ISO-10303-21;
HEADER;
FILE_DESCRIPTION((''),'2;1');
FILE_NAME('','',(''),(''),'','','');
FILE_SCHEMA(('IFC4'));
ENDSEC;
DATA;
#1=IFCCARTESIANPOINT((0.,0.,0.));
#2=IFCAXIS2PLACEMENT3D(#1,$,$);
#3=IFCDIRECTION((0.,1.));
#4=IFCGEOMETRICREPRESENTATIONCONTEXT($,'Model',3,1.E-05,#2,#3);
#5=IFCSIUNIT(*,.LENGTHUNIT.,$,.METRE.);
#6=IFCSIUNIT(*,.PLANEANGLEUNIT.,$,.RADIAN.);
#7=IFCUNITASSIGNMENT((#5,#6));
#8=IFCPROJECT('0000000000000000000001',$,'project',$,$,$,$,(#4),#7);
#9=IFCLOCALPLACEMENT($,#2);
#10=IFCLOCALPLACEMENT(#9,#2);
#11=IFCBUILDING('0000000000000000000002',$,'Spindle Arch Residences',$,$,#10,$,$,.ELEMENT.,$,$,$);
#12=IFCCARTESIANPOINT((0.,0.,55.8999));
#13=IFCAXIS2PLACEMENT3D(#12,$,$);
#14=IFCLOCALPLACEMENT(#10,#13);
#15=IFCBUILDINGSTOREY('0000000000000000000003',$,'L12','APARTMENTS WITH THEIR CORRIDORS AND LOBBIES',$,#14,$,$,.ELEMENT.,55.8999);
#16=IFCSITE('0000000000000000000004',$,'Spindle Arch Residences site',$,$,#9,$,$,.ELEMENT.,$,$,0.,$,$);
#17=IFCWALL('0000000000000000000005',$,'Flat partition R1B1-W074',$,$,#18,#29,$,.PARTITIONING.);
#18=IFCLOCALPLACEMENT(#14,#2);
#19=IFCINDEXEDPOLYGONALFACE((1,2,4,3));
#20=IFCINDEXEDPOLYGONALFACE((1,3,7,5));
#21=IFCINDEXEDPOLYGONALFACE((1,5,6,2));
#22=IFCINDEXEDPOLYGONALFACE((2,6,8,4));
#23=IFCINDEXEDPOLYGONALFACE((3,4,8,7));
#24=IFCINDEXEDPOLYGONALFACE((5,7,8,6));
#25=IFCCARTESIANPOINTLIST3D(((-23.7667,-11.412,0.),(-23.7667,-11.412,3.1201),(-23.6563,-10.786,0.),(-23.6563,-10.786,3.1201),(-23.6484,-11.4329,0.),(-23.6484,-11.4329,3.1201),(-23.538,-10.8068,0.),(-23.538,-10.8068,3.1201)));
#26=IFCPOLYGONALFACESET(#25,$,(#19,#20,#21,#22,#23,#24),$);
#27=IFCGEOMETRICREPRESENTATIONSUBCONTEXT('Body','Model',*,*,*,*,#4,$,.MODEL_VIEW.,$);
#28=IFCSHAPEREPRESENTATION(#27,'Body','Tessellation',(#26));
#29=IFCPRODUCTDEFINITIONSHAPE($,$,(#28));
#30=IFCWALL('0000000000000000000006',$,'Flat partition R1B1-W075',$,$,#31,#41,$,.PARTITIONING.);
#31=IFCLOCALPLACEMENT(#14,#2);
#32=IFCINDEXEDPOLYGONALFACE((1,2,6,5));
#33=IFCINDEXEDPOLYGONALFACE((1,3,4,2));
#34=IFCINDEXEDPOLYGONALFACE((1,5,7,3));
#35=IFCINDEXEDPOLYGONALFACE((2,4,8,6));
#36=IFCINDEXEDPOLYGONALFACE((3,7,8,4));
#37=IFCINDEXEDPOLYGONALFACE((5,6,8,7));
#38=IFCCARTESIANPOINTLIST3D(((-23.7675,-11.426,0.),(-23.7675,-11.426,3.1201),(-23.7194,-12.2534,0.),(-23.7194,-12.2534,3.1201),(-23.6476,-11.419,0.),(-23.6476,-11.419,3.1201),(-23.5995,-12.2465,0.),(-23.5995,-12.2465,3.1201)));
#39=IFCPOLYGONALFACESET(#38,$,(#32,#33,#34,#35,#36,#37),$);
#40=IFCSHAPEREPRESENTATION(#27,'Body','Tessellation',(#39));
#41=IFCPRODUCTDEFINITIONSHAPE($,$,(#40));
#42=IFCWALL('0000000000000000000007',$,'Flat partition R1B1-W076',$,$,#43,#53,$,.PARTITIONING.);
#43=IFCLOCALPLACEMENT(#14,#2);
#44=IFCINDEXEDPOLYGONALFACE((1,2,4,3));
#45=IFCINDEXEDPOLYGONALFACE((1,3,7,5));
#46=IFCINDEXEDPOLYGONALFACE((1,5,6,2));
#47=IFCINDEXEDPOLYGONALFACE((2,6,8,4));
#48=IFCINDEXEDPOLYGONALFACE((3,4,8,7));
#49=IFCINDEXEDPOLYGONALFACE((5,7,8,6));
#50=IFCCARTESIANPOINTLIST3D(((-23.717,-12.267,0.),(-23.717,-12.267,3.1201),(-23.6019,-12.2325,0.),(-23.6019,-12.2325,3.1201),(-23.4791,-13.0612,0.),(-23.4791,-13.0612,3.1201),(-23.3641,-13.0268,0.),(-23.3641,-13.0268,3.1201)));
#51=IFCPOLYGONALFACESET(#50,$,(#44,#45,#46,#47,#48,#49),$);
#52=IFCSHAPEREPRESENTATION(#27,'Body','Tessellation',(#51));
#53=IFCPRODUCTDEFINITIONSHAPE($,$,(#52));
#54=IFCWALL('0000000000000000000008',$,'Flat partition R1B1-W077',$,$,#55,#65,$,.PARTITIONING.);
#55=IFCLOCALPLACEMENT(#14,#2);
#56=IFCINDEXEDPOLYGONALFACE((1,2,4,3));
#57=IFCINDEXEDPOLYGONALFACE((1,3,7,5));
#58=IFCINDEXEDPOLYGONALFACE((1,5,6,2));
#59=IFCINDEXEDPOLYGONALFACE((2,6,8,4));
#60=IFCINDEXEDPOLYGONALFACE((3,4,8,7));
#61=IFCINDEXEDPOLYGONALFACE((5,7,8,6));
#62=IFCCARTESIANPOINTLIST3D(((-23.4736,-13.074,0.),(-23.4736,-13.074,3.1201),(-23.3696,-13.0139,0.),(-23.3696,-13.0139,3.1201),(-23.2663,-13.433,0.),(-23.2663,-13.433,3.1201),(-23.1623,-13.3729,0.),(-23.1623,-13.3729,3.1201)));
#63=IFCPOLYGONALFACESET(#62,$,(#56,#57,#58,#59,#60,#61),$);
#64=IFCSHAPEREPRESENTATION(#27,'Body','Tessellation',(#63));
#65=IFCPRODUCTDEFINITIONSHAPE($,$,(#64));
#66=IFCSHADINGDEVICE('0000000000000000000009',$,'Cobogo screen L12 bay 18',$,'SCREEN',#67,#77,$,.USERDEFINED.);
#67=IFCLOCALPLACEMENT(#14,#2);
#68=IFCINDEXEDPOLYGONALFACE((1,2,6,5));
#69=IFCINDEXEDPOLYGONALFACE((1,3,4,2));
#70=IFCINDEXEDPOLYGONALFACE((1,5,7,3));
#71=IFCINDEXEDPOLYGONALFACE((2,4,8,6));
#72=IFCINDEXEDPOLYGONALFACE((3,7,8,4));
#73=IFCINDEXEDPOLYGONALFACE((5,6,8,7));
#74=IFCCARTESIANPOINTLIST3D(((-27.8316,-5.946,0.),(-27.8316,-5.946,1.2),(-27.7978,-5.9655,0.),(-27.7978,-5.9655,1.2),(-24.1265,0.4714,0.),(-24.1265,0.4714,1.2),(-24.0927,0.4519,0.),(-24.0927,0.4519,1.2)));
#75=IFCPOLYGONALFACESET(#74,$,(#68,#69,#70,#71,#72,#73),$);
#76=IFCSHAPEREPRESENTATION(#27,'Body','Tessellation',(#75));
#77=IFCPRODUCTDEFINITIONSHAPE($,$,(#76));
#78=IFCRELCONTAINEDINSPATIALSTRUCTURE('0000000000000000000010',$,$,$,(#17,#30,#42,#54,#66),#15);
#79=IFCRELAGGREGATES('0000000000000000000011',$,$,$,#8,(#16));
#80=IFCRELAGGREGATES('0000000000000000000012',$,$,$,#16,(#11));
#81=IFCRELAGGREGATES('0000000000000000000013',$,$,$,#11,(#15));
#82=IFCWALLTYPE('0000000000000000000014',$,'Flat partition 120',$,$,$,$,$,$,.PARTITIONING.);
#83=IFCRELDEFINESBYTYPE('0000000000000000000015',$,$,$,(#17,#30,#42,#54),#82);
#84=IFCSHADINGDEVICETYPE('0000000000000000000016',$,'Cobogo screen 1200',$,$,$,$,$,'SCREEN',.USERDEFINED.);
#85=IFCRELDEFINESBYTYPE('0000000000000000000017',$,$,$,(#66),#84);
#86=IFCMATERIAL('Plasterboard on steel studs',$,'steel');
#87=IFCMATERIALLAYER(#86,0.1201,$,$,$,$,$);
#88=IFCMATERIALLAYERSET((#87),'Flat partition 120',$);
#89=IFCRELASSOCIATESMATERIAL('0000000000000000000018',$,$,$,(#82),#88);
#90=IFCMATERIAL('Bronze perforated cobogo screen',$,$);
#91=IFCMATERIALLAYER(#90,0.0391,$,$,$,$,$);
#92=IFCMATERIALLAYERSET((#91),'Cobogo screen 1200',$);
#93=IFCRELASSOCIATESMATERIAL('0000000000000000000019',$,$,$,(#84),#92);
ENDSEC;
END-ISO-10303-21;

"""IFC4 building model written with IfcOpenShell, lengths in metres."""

from ifc_helpers import new_model, si_unit, direction, frame, frame_2d, origin, origin_2d, place, context, subcontext, project, spatial, rectangle, extrude, material, layer, layer_set, type_object, element, save


model = new_model("IFC4")

# Units and contexts
model_context = context("Model", 3, precision=1e-05, world=origin(), true_north=direction((0.0, 1.0)))
body_context = subcontext(model_context, "Body", "Model", "MODEL_VIEW")
ifc_project = project(units=[si_unit("LENGTHUNIT", "METRE"), si_unit("PLANEANGLEUNIT", "RADIAN")], contexts=[model_context])

# Site, building, storey
site_placement = place(None, origin())
site = spatial("IfcSite", under=ifc_project, at=site_placement, Name="Spindle Arch Residences site", CompositionType="ELEMENT", RefElevation=0.0)
building_placement = place(site_placement, origin())
building = spatial("IfcBuilding", under=site, at=building_placement, Name="Spindle Arch Residences", CompositionType="ELEMENT")
storey_placement = place(building_placement, frame((0.0, 0.0, 55.8999)))
storey = spatial("IfcBuildingStorey", under=building, at=storey_placement, Name="L12", Description="APARTMENTS WITH THEIR CORRIDORS AND LOBBIES", CompositionType="ELEMENT", Elevation=55.8999)

# Shared definitions
ifc_material_1 = material(Name="Plasterboard on steel studs", Category="steel")
ifc_layer_1 = layer(ifc_material_1, 0.1201)
ifc_layer_set_1 = layer_set([ifc_layer_1], Name="Flat partition 120")
wall_type_1 = type_object("IfcWallType", Name="Flat partition 120", PredefinedType="PARTITIONING", material=ifc_layer_set_1)

# Walls
wall_1_placement = place(storey_placement, frame((-23.5972, -10.7964, 0.0), z_axis=(0.0, 0.0, 1.0), x_axis=(-0.17361, -0.984814, 0.0)))
element("IfcWall", 1, at=wall_1_placement, inside=storey, type_object=wall_type_1, Name="Flat partition R1B1-W074", PredefinedType="PARTITIONING", context=body_context, shape_type="SweptSolid", body=[
    extrude(rectangle(XDim=0.6357, YDim=0.1201, at=frame_2d((0.3179, 0.0))), origin(), (0.0, 0.0, 1.0), 3.1201),
])
wall_2_placement = place(storey_placement, frame((-23.7075, -11.4224, 0.0), z_axis=(0.0, 0.0, 1.0), x_axis=(0.058031, -0.998315, 0.0)))
element("IfcWall", 2, at=wall_2_placement, inside=storey, type_object=wall_type_1, Name="Flat partition R1B1-W075", PredefinedType="PARTITIONING", context=body_context, shape_type="SweptSolid", body=[
    extrude(rectangle(XDim=0.8289, YDim=0.1201, at=frame_2d((0.4146, 0.0))), origin(), (0.0, 0.0, 1.0), 3.1201),
])
wall_3_placement = place(storey_placement, frame((-23.6594, -12.2498, 0.0), z_axis=(0.0, 0.0, 1.0), x_axis=(0.286835, -0.95798, 0.0)))
element("IfcWall", 3, at=wall_3_placement, inside=storey, type_object=wall_type_1, Name="Flat partition R1B1-W076", PredefinedType="PARTITIONING", context=body_context, shape_type="SweptSolid", body=[
    extrude(rectangle(XDim=0.8291, YDim=0.1201, at=frame_2d((0.4146, 0.0))), origin(), (0.0, 0.0, 1.0), 3.1201),
])
wall_4_placement = place(storey_placement, frame((-23.4216, -13.0439, 0.0), z_axis=(0.0, 0.0, 1.0), x_axis=(0.50013, -0.86595, 0.0)))
element("IfcWall", 4, at=wall_4_placement, inside=storey, type_object=wall_type_1, Name="Flat partition R1B1-W077", PredefinedType="PARTITIONING", context=body_context, shape_type="SweptSolid", body=[
    extrude(rectangle(XDim=0.4146, YDim=0.1201, at=frame_2d((0.2073, 0.0))), origin(), (0.0, 0.0, 1.0), 3.1201),
])

# Shading device
ifc_material_2 = material(Name="Bronze perforated cobogo screen")
ifc_layer_2 = layer(ifc_material_2, 0.0391)
ifc_layer_set_2 = layer_set([ifc_layer_2], Name="Cobogo screen 1200")
shading_device_type = type_object("IfcShadingDeviceType", Name="Cobogo screen 1200", ElementType="SCREEN", PredefinedType="USERDEFINED", material=ifc_layer_set_2)
shading_device_placement = place(storey_placement, frame((-25.9622, -2.7471, 0.0), z_axis=(0.0, 0.0, 1.0), x_axis=(-0.5, -0.866025, 0.0)))
element("IfcShadingDevice", 5, at=shading_device_placement, inside=storey, type_object=shading_device_type, Name="Cobogo screen L12 bay 18", ObjectType="SCREEN", PredefinedType="USERDEFINED", context=body_context, shape_type="SweptSolid", body=[
    extrude(rectangle(XDim=7.4102, YDim=0.0391, at=origin_2d()), origin(), (0.0, 0.0, 1.0), 1.2),
])

save(model, "model.ifc")
